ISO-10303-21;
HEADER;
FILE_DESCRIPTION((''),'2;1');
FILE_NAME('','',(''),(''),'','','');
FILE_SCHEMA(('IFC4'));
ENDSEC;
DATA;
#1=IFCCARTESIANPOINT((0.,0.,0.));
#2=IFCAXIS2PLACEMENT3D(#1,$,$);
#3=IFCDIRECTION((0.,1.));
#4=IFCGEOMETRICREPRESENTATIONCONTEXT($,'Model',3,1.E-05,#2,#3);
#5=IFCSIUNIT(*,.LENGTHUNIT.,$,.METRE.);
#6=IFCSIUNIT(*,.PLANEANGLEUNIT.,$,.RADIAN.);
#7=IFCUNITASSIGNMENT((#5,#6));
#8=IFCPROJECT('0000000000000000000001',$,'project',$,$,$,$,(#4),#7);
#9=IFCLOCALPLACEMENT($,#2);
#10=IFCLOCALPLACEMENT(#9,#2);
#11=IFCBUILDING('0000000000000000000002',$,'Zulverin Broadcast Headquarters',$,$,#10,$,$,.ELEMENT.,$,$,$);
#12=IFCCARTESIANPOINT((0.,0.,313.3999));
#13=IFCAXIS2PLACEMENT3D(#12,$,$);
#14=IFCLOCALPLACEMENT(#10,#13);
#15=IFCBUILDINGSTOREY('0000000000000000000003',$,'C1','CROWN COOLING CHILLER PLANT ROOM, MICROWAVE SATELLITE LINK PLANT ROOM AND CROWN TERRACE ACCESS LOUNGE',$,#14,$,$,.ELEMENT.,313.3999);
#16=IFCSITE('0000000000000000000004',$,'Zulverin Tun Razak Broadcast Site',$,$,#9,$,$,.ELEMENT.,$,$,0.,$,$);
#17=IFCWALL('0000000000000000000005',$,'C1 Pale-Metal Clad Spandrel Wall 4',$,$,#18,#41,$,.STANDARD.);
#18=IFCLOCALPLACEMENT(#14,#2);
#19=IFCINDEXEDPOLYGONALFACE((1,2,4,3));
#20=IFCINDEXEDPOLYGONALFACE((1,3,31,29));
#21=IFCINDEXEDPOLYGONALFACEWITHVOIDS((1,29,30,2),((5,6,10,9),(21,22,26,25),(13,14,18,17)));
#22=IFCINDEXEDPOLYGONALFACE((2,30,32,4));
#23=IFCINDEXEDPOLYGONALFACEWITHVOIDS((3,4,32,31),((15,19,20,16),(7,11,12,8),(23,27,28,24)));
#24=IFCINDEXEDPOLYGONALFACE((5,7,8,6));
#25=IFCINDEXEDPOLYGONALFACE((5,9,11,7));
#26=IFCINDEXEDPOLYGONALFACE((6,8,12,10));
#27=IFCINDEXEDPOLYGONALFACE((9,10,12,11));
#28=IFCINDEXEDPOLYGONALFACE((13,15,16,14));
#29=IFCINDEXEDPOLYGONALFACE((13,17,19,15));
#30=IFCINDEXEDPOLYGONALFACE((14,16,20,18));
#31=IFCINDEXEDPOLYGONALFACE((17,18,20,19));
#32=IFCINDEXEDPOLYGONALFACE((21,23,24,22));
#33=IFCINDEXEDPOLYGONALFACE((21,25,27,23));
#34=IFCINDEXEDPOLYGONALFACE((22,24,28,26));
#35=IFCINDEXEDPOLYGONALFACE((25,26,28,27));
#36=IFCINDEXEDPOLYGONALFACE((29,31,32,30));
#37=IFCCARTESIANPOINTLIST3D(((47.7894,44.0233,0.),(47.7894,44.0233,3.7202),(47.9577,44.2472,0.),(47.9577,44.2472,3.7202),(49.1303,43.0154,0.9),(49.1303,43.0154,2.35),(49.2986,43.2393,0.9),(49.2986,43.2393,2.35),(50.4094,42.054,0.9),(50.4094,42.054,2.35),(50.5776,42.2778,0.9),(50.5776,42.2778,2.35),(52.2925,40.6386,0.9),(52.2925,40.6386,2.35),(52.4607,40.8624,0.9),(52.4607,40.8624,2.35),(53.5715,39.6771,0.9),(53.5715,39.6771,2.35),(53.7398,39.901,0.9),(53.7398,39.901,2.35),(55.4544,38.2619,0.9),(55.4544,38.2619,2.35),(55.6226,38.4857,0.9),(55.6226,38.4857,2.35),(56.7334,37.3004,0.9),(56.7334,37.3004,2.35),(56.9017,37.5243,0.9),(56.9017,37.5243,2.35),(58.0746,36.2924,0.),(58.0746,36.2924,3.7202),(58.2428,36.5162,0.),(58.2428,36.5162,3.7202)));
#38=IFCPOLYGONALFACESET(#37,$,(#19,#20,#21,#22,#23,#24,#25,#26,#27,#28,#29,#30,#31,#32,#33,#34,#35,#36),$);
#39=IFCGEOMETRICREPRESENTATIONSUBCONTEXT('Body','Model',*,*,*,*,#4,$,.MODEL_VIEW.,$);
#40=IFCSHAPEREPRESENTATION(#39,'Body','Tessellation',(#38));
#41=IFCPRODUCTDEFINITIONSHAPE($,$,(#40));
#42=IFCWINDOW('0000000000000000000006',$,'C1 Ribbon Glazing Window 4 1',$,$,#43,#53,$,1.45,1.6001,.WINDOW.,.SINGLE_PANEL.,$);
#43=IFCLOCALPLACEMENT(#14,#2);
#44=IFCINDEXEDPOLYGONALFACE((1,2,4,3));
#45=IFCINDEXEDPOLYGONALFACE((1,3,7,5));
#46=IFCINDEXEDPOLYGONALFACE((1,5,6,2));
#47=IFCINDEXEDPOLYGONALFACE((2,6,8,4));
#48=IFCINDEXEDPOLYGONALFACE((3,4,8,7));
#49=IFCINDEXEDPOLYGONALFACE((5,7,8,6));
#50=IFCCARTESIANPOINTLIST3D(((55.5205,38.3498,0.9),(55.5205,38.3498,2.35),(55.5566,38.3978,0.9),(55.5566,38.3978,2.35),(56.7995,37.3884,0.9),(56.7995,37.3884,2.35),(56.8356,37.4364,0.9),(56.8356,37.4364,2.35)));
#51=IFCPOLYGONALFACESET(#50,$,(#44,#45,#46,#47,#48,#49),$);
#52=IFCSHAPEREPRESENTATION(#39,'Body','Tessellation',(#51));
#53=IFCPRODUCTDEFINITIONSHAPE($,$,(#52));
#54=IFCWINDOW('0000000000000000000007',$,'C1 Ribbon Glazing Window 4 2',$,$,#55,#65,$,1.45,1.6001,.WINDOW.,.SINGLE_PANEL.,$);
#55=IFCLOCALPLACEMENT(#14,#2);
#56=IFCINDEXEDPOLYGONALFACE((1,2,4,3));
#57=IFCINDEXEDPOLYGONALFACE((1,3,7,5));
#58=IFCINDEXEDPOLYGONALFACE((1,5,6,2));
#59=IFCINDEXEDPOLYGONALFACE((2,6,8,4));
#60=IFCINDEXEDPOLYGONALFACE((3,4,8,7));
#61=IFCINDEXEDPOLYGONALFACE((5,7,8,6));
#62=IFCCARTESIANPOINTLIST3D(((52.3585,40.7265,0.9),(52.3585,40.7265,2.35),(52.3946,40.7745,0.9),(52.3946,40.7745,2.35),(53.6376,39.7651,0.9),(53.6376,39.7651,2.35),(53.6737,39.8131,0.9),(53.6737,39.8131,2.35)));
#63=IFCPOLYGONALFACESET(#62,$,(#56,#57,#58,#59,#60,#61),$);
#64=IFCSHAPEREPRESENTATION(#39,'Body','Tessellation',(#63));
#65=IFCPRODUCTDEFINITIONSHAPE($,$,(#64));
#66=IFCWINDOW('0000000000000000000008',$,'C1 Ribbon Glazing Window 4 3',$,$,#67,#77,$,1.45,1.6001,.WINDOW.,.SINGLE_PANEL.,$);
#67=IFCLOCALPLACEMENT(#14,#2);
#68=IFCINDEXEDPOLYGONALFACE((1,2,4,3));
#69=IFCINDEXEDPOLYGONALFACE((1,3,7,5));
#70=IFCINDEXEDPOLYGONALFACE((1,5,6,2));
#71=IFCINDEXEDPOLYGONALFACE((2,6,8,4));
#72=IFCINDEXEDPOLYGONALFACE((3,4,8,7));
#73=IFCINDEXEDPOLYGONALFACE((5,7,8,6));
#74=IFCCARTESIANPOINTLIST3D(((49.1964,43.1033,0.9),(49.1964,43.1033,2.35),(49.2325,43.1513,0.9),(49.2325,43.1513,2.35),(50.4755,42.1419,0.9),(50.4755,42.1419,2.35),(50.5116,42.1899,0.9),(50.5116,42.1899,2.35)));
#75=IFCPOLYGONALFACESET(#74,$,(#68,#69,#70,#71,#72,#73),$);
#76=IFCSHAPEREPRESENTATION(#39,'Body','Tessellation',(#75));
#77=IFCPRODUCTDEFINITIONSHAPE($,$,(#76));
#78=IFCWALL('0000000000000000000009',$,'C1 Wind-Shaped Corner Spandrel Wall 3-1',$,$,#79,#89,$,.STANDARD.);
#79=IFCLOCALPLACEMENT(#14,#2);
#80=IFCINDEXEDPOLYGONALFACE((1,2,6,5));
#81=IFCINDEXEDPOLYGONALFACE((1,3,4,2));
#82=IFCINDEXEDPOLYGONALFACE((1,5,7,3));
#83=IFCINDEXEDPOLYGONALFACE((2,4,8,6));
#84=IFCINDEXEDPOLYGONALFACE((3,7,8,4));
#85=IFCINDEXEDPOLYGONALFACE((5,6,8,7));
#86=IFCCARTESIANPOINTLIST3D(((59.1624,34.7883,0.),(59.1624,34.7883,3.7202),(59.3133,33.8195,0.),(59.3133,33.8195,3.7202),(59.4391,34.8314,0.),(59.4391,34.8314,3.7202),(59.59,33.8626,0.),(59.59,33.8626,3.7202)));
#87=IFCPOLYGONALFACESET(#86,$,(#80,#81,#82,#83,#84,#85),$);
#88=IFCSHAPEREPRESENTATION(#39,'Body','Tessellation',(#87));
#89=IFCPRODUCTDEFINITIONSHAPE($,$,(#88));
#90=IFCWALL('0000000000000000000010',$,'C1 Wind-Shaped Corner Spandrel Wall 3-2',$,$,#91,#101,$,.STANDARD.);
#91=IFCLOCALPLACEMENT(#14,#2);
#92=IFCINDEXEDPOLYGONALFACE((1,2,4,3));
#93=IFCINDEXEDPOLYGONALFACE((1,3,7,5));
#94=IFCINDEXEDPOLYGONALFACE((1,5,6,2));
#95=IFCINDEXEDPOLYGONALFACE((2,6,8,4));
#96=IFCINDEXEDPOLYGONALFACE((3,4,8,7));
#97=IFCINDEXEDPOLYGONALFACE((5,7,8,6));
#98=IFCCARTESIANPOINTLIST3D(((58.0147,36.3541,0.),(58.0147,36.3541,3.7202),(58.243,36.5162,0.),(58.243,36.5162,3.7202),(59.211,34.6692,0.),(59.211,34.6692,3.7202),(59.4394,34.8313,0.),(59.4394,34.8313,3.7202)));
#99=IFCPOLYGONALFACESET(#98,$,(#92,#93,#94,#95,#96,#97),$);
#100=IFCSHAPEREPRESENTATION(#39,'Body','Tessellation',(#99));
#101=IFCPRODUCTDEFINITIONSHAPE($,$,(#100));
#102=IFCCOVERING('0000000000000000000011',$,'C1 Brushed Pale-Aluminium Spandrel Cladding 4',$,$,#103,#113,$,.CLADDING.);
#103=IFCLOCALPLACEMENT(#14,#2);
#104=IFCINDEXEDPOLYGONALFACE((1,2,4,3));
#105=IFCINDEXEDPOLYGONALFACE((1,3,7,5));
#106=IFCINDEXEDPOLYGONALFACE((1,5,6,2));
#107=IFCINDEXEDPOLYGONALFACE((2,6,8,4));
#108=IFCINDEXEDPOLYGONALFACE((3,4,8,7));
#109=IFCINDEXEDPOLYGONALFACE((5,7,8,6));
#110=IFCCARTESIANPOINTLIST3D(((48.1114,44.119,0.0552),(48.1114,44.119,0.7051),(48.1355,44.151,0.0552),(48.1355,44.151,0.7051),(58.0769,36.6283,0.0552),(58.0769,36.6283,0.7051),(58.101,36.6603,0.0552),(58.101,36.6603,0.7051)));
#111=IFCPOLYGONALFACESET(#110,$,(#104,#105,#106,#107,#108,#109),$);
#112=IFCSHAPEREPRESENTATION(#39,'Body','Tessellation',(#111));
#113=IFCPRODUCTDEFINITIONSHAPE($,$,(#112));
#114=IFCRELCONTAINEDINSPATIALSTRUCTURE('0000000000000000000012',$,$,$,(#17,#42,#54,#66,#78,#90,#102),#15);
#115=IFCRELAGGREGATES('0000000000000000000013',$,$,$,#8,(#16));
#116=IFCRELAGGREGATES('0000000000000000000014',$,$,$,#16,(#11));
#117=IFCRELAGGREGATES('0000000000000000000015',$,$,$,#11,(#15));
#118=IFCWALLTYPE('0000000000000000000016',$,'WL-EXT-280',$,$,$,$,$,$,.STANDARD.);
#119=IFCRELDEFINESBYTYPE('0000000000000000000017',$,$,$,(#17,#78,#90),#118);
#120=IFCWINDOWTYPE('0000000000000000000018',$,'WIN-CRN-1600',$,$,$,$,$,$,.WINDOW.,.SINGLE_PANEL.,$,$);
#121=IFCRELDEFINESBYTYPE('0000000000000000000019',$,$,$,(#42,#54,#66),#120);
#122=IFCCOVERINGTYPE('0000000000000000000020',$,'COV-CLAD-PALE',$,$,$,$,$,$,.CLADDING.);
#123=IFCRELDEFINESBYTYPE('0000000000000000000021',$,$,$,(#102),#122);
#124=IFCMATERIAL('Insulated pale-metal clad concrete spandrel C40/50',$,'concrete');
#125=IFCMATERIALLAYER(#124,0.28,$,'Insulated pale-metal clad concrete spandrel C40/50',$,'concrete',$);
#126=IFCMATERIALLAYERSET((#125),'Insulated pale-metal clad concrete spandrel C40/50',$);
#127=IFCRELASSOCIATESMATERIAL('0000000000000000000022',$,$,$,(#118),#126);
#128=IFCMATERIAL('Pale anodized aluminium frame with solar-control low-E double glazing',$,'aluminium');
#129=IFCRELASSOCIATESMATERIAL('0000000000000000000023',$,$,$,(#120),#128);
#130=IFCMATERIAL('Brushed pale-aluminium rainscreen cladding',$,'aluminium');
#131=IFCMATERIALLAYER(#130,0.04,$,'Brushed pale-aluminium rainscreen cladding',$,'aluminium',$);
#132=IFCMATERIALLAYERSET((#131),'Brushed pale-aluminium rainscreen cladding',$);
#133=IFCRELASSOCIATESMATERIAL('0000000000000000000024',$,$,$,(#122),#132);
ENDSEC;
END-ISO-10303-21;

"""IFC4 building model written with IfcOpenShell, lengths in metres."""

from ifc_helpers import new_model, si_unit, direction, frame, frame_2d, origin, origin_2d, place, context, subcontext, project, spatial, rectangle, extrude, material, layer, layer_set, type_object, element, fill, save


model = new_model("IFC4")

# Units and contexts
model_context = context("Model", 3, precision=1e-05, world=origin(), true_north=direction((0.0, 1.0)))
body_context = subcontext(model_context, "Body", "Model", "MODEL_VIEW")
ifc_project = project(units=[si_unit("LENGTHUNIT", "METRE"), si_unit("PLANEANGLEUNIT", "RADIAN")], contexts=[model_context])

# Site, building, storey
site_placement = place(None, origin())
site = spatial("IfcSite", under=ifc_project, at=site_placement, Name="Zulverin Tun Razak Broadcast Site", CompositionType="ELEMENT", RefElevation=0.0)
building_placement = place(site_placement, origin())
building = spatial("IfcBuilding", under=site, at=building_placement, Name="Zulverin Broadcast Headquarters", CompositionType="ELEMENT")
storey_placement = place(building_placement, frame((0.0, 0.0, 313.3999)))
storey = spatial("IfcBuildingStorey", under=building, at=storey_placement, Name="C1", Description="CROWN COOLING CHILLER PLANT ROOM, MICROWAVE SATELLITE LINK PLANT ROOM AND CROWN TERRACE ACCESS LOUNGE", CompositionType="ELEMENT", Elevation=313.3999)

# Wall, openings, windows
ifc_material_1 = material(Name="Insulated pale-metal clad concrete spandrel C40/50", Category="concrete")
ifc_layer_1 = layer(ifc_material_1, 0.28, Name="Insulated pale-metal clad concrete spandrel C40/50", Category="concrete")
ifc_layer_set_1 = layer_set([ifc_layer_1], Name="Insulated pale-metal clad concrete spandrel C40/50")
wall_type = type_object("IfcWallType", Name="WL-EXT-280", PredefinedType="STANDARD", material=ifc_layer_set_1)
wall_1_placement = place(storey_placement, frame((58.1587, 36.4043, 0.0), z_axis=(0.0, 0.0, 1.0), x_axis=(-0.799362, 0.60085, 0.0)))
wall_1 = element("IfcWall", 1, at=wall_1_placement, inside=storey, type_object=wall_type, Name="C1 Pale-Metal Clad Spandrel Wall 4", PredefinedType="STANDARD", context=body_context, shape_type="SweptSolid", body=[
    extrude(rectangle(XDim=12.8667, YDim=0.28, at=frame_2d((6.4333, 0.0))), origin(), (0.0, 0.0, 1.0), 3.7202),
])
opening_1_placement = place(wall_1_placement, frame((1.6777, 0.0, 0.8999)))
opening_1 = element("IfcOpeningElement", 2, at=opening_1_placement, cuts=wall_1, PredefinedType="OPENING", context=body_context, shape_type="SweptSolid", body=[
    extrude(rectangle(XDim=1.6001, YDim=1.45, at=frame_2d((0.8, 0.7251))), frame((0.0, 0.1499, 0.0), z_axis=(0.0, -1.0, 0.0), x_axis=(1.0, 0.0, 0.0)), (0.0, 0.0, 1.0), 0.3),
])
opening_2_placement = place(wall_1_placement, frame((5.6333, 0.0, 0.8999)))
opening_2 = element("IfcOpeningElement", 3, at=opening_2_placement, cuts=wall_1, PredefinedType="OPENING", context=body_context, shape_type="SweptSolid", body=[
    extrude(rectangle(XDim=1.6001, YDim=1.45, at=frame_2d((0.8, 0.7251))), frame((0.0, 0.1499, 0.0), z_axis=(0.0, -1.0, 0.0), x_axis=(1.0, 0.0, 0.0)), (0.0, 0.0, 1.0), 0.3),
])
opening_3_placement = place(wall_1_placement, frame((9.5891, 0.0, 0.8999)))
opening_3 = element("IfcOpeningElement", 4, at=opening_3_placement, cuts=wall_1, PredefinedType="OPENING", context=body_context, shape_type="SweptSolid", body=[
    extrude(rectangle(XDim=1.6001, YDim=1.45, at=frame_2d((0.8, 0.7251))), frame((0.0, 0.1499, 0.0), z_axis=(0.0, -1.0, 0.0), x_axis=(1.0, 0.0, 0.0)), (0.0, 0.0, 1.0), 0.3),
])
ifc_material_2 = material(Name="Pale anodized aluminium frame with solar-control low-E double glazing", Category="aluminium")
window_type = type_object("IfcWindowType", Name="WIN-CRN-1600", PartitioningType="SINGLE_PANEL", PredefinedType="WINDOW", material=ifc_material_2)
window_1_placement = place(opening_1_placement, origin())
window_1 = element("IfcWindow", 5, at=window_1_placement, inside=storey, type_object=window_type, Name="C1 Ribbon Glazing Window 4 1", OverallHeight=1.45, OverallWidth=1.6001, PartitioningType="SINGLE_PANEL", PredefinedType="WINDOW", context=body_context, shape_type="SweptSolid", body=[
    extrude(rectangle(XDim=1.6001, YDim=1.45, at=frame_2d((0.8, 0.7251))), frame((0.0, 0.03, 0.0), z_axis=(0.0, -1.0, 0.0), x_axis=(1.0, 0.0, 0.0)), (0.0, 0.0, 1.0), 0.0601),
])
fill(opening_1, window_1)
window_2_placement = place(opening_2_placement, origin())
window_2 = element("IfcWindow", 6, at=window_2_placement, inside=storey, type_object=window_type, Name="C1 Ribbon Glazing Window 4 2", OverallHeight=1.45, OverallWidth=1.6001, PartitioningType="SINGLE_PANEL", PredefinedType="WINDOW", context=body_context, shape_type="SweptSolid", body=[
    extrude(rectangle(XDim=1.6001, YDim=1.45, at=frame_2d((0.8, 0.7251))), frame((0.0, 0.03, 0.0), z_axis=(0.0, -1.0, 0.0), x_axis=(1.0, 0.0, 0.0)), (0.0, 0.0, 1.0), 0.0601),
])
fill(opening_2, window_2)
window_3_placement = place(opening_3_placement, origin())
window_3 = element("IfcWindow", 7, at=window_3_placement, inside=storey, type_object=window_type, Name="C1 Ribbon Glazing Window 4 3", OverallHeight=1.45, OverallWidth=1.6001, PartitioningType="SINGLE_PANEL", PredefinedType="WINDOW", context=body_context, shape_type="SweptSolid", body=[
    extrude(rectangle(XDim=1.6001, YDim=1.45, at=frame_2d((0.8, 0.7251))), frame((0.0, 0.03, 0.0), z_axis=(0.0, -1.0, 0.0), x_axis=(1.0, 0.0, 0.0)), (0.0, 0.0, 1.0), 0.0601),
])
fill(opening_3, window_3)

# Walls
wall_2_placement = place(storey_placement, frame((59.4517, 33.8411, 0.0), z_axis=(0.0, 0.0, 1.0), x_axis=(-0.153891, 0.988088, 0.0)))
element("IfcWall", 8, at=wall_2_placement, inside=storey, type_object=wall_type, Name="C1 Wind-Shaped Corner Spandrel Wall 3-1", PredefinedType="STANDARD", context=body_context, shape_type="SweptSolid", body=[
    extrude(rectangle(XDim=0.9805, YDim=0.28, at=frame_2d((0.4902, 0.0))), origin(), (0.0, 0.0, 1.0), 3.7202),
])
wall_3_placement = place(storey_placement, frame((59.3252, 34.7502, 0.0), z_axis=(0.0, 0.0, 1.0), x_axis=(-0.578945, 0.815367, 0.0)))
element("IfcWall", 9, at=wall_3_placement, inside=storey, type_object=wall_type, Name="C1 Wind-Shaped Corner Spandrel Wall 3-2", PredefinedType="STANDARD", context=body_context, shape_type="SweptSolid", body=[
    extrude(rectangle(XDim=2.0664, YDim=0.28, at=frame_2d((1.0332, 0.0))), origin(), (0.0, 0.0, 1.0), 3.7202),
])

# Covering
ifc_material_3 = material(Name="Brushed pale-aluminium rainscreen cladding", Category="aluminium")
ifc_layer_2 = layer(ifc_material_3, 0.04, Name="Brushed pale-aluminium rainscreen cladding", Category="aluminium")
ifc_layer_set_2 = layer_set([ifc_layer_2], Name="Brushed pale-aluminium rainscreen cladding")
covering_type = type_object("IfcCoveringType", Name="COV-CLAD-PALE", PredefinedType="CLADDING", material=ifc_layer_set_2)
covering_placement = place(storey_placement, frame((53.1062, 40.3896, 0.0552), z_axis=(0.0, 0.0, 1.0), x_axis=(-0.799365, 0.600846, 0.0)))
element("IfcCovering", 10, at=covering_placement, inside=storey, type_object=covering_type, Name="C1 Brushed Pale-Aluminium Spandrel Cladding 4", PredefinedType="CLADDING", context=body_context, shape_type="SweptSolid", body=[
    extrude(rectangle(XDim=12.4668, YDim=0.04, at=origin_2d()), origin(), (0.0, 0.0, 1.0), 0.6499),
])

save(model, "model.ifc")
